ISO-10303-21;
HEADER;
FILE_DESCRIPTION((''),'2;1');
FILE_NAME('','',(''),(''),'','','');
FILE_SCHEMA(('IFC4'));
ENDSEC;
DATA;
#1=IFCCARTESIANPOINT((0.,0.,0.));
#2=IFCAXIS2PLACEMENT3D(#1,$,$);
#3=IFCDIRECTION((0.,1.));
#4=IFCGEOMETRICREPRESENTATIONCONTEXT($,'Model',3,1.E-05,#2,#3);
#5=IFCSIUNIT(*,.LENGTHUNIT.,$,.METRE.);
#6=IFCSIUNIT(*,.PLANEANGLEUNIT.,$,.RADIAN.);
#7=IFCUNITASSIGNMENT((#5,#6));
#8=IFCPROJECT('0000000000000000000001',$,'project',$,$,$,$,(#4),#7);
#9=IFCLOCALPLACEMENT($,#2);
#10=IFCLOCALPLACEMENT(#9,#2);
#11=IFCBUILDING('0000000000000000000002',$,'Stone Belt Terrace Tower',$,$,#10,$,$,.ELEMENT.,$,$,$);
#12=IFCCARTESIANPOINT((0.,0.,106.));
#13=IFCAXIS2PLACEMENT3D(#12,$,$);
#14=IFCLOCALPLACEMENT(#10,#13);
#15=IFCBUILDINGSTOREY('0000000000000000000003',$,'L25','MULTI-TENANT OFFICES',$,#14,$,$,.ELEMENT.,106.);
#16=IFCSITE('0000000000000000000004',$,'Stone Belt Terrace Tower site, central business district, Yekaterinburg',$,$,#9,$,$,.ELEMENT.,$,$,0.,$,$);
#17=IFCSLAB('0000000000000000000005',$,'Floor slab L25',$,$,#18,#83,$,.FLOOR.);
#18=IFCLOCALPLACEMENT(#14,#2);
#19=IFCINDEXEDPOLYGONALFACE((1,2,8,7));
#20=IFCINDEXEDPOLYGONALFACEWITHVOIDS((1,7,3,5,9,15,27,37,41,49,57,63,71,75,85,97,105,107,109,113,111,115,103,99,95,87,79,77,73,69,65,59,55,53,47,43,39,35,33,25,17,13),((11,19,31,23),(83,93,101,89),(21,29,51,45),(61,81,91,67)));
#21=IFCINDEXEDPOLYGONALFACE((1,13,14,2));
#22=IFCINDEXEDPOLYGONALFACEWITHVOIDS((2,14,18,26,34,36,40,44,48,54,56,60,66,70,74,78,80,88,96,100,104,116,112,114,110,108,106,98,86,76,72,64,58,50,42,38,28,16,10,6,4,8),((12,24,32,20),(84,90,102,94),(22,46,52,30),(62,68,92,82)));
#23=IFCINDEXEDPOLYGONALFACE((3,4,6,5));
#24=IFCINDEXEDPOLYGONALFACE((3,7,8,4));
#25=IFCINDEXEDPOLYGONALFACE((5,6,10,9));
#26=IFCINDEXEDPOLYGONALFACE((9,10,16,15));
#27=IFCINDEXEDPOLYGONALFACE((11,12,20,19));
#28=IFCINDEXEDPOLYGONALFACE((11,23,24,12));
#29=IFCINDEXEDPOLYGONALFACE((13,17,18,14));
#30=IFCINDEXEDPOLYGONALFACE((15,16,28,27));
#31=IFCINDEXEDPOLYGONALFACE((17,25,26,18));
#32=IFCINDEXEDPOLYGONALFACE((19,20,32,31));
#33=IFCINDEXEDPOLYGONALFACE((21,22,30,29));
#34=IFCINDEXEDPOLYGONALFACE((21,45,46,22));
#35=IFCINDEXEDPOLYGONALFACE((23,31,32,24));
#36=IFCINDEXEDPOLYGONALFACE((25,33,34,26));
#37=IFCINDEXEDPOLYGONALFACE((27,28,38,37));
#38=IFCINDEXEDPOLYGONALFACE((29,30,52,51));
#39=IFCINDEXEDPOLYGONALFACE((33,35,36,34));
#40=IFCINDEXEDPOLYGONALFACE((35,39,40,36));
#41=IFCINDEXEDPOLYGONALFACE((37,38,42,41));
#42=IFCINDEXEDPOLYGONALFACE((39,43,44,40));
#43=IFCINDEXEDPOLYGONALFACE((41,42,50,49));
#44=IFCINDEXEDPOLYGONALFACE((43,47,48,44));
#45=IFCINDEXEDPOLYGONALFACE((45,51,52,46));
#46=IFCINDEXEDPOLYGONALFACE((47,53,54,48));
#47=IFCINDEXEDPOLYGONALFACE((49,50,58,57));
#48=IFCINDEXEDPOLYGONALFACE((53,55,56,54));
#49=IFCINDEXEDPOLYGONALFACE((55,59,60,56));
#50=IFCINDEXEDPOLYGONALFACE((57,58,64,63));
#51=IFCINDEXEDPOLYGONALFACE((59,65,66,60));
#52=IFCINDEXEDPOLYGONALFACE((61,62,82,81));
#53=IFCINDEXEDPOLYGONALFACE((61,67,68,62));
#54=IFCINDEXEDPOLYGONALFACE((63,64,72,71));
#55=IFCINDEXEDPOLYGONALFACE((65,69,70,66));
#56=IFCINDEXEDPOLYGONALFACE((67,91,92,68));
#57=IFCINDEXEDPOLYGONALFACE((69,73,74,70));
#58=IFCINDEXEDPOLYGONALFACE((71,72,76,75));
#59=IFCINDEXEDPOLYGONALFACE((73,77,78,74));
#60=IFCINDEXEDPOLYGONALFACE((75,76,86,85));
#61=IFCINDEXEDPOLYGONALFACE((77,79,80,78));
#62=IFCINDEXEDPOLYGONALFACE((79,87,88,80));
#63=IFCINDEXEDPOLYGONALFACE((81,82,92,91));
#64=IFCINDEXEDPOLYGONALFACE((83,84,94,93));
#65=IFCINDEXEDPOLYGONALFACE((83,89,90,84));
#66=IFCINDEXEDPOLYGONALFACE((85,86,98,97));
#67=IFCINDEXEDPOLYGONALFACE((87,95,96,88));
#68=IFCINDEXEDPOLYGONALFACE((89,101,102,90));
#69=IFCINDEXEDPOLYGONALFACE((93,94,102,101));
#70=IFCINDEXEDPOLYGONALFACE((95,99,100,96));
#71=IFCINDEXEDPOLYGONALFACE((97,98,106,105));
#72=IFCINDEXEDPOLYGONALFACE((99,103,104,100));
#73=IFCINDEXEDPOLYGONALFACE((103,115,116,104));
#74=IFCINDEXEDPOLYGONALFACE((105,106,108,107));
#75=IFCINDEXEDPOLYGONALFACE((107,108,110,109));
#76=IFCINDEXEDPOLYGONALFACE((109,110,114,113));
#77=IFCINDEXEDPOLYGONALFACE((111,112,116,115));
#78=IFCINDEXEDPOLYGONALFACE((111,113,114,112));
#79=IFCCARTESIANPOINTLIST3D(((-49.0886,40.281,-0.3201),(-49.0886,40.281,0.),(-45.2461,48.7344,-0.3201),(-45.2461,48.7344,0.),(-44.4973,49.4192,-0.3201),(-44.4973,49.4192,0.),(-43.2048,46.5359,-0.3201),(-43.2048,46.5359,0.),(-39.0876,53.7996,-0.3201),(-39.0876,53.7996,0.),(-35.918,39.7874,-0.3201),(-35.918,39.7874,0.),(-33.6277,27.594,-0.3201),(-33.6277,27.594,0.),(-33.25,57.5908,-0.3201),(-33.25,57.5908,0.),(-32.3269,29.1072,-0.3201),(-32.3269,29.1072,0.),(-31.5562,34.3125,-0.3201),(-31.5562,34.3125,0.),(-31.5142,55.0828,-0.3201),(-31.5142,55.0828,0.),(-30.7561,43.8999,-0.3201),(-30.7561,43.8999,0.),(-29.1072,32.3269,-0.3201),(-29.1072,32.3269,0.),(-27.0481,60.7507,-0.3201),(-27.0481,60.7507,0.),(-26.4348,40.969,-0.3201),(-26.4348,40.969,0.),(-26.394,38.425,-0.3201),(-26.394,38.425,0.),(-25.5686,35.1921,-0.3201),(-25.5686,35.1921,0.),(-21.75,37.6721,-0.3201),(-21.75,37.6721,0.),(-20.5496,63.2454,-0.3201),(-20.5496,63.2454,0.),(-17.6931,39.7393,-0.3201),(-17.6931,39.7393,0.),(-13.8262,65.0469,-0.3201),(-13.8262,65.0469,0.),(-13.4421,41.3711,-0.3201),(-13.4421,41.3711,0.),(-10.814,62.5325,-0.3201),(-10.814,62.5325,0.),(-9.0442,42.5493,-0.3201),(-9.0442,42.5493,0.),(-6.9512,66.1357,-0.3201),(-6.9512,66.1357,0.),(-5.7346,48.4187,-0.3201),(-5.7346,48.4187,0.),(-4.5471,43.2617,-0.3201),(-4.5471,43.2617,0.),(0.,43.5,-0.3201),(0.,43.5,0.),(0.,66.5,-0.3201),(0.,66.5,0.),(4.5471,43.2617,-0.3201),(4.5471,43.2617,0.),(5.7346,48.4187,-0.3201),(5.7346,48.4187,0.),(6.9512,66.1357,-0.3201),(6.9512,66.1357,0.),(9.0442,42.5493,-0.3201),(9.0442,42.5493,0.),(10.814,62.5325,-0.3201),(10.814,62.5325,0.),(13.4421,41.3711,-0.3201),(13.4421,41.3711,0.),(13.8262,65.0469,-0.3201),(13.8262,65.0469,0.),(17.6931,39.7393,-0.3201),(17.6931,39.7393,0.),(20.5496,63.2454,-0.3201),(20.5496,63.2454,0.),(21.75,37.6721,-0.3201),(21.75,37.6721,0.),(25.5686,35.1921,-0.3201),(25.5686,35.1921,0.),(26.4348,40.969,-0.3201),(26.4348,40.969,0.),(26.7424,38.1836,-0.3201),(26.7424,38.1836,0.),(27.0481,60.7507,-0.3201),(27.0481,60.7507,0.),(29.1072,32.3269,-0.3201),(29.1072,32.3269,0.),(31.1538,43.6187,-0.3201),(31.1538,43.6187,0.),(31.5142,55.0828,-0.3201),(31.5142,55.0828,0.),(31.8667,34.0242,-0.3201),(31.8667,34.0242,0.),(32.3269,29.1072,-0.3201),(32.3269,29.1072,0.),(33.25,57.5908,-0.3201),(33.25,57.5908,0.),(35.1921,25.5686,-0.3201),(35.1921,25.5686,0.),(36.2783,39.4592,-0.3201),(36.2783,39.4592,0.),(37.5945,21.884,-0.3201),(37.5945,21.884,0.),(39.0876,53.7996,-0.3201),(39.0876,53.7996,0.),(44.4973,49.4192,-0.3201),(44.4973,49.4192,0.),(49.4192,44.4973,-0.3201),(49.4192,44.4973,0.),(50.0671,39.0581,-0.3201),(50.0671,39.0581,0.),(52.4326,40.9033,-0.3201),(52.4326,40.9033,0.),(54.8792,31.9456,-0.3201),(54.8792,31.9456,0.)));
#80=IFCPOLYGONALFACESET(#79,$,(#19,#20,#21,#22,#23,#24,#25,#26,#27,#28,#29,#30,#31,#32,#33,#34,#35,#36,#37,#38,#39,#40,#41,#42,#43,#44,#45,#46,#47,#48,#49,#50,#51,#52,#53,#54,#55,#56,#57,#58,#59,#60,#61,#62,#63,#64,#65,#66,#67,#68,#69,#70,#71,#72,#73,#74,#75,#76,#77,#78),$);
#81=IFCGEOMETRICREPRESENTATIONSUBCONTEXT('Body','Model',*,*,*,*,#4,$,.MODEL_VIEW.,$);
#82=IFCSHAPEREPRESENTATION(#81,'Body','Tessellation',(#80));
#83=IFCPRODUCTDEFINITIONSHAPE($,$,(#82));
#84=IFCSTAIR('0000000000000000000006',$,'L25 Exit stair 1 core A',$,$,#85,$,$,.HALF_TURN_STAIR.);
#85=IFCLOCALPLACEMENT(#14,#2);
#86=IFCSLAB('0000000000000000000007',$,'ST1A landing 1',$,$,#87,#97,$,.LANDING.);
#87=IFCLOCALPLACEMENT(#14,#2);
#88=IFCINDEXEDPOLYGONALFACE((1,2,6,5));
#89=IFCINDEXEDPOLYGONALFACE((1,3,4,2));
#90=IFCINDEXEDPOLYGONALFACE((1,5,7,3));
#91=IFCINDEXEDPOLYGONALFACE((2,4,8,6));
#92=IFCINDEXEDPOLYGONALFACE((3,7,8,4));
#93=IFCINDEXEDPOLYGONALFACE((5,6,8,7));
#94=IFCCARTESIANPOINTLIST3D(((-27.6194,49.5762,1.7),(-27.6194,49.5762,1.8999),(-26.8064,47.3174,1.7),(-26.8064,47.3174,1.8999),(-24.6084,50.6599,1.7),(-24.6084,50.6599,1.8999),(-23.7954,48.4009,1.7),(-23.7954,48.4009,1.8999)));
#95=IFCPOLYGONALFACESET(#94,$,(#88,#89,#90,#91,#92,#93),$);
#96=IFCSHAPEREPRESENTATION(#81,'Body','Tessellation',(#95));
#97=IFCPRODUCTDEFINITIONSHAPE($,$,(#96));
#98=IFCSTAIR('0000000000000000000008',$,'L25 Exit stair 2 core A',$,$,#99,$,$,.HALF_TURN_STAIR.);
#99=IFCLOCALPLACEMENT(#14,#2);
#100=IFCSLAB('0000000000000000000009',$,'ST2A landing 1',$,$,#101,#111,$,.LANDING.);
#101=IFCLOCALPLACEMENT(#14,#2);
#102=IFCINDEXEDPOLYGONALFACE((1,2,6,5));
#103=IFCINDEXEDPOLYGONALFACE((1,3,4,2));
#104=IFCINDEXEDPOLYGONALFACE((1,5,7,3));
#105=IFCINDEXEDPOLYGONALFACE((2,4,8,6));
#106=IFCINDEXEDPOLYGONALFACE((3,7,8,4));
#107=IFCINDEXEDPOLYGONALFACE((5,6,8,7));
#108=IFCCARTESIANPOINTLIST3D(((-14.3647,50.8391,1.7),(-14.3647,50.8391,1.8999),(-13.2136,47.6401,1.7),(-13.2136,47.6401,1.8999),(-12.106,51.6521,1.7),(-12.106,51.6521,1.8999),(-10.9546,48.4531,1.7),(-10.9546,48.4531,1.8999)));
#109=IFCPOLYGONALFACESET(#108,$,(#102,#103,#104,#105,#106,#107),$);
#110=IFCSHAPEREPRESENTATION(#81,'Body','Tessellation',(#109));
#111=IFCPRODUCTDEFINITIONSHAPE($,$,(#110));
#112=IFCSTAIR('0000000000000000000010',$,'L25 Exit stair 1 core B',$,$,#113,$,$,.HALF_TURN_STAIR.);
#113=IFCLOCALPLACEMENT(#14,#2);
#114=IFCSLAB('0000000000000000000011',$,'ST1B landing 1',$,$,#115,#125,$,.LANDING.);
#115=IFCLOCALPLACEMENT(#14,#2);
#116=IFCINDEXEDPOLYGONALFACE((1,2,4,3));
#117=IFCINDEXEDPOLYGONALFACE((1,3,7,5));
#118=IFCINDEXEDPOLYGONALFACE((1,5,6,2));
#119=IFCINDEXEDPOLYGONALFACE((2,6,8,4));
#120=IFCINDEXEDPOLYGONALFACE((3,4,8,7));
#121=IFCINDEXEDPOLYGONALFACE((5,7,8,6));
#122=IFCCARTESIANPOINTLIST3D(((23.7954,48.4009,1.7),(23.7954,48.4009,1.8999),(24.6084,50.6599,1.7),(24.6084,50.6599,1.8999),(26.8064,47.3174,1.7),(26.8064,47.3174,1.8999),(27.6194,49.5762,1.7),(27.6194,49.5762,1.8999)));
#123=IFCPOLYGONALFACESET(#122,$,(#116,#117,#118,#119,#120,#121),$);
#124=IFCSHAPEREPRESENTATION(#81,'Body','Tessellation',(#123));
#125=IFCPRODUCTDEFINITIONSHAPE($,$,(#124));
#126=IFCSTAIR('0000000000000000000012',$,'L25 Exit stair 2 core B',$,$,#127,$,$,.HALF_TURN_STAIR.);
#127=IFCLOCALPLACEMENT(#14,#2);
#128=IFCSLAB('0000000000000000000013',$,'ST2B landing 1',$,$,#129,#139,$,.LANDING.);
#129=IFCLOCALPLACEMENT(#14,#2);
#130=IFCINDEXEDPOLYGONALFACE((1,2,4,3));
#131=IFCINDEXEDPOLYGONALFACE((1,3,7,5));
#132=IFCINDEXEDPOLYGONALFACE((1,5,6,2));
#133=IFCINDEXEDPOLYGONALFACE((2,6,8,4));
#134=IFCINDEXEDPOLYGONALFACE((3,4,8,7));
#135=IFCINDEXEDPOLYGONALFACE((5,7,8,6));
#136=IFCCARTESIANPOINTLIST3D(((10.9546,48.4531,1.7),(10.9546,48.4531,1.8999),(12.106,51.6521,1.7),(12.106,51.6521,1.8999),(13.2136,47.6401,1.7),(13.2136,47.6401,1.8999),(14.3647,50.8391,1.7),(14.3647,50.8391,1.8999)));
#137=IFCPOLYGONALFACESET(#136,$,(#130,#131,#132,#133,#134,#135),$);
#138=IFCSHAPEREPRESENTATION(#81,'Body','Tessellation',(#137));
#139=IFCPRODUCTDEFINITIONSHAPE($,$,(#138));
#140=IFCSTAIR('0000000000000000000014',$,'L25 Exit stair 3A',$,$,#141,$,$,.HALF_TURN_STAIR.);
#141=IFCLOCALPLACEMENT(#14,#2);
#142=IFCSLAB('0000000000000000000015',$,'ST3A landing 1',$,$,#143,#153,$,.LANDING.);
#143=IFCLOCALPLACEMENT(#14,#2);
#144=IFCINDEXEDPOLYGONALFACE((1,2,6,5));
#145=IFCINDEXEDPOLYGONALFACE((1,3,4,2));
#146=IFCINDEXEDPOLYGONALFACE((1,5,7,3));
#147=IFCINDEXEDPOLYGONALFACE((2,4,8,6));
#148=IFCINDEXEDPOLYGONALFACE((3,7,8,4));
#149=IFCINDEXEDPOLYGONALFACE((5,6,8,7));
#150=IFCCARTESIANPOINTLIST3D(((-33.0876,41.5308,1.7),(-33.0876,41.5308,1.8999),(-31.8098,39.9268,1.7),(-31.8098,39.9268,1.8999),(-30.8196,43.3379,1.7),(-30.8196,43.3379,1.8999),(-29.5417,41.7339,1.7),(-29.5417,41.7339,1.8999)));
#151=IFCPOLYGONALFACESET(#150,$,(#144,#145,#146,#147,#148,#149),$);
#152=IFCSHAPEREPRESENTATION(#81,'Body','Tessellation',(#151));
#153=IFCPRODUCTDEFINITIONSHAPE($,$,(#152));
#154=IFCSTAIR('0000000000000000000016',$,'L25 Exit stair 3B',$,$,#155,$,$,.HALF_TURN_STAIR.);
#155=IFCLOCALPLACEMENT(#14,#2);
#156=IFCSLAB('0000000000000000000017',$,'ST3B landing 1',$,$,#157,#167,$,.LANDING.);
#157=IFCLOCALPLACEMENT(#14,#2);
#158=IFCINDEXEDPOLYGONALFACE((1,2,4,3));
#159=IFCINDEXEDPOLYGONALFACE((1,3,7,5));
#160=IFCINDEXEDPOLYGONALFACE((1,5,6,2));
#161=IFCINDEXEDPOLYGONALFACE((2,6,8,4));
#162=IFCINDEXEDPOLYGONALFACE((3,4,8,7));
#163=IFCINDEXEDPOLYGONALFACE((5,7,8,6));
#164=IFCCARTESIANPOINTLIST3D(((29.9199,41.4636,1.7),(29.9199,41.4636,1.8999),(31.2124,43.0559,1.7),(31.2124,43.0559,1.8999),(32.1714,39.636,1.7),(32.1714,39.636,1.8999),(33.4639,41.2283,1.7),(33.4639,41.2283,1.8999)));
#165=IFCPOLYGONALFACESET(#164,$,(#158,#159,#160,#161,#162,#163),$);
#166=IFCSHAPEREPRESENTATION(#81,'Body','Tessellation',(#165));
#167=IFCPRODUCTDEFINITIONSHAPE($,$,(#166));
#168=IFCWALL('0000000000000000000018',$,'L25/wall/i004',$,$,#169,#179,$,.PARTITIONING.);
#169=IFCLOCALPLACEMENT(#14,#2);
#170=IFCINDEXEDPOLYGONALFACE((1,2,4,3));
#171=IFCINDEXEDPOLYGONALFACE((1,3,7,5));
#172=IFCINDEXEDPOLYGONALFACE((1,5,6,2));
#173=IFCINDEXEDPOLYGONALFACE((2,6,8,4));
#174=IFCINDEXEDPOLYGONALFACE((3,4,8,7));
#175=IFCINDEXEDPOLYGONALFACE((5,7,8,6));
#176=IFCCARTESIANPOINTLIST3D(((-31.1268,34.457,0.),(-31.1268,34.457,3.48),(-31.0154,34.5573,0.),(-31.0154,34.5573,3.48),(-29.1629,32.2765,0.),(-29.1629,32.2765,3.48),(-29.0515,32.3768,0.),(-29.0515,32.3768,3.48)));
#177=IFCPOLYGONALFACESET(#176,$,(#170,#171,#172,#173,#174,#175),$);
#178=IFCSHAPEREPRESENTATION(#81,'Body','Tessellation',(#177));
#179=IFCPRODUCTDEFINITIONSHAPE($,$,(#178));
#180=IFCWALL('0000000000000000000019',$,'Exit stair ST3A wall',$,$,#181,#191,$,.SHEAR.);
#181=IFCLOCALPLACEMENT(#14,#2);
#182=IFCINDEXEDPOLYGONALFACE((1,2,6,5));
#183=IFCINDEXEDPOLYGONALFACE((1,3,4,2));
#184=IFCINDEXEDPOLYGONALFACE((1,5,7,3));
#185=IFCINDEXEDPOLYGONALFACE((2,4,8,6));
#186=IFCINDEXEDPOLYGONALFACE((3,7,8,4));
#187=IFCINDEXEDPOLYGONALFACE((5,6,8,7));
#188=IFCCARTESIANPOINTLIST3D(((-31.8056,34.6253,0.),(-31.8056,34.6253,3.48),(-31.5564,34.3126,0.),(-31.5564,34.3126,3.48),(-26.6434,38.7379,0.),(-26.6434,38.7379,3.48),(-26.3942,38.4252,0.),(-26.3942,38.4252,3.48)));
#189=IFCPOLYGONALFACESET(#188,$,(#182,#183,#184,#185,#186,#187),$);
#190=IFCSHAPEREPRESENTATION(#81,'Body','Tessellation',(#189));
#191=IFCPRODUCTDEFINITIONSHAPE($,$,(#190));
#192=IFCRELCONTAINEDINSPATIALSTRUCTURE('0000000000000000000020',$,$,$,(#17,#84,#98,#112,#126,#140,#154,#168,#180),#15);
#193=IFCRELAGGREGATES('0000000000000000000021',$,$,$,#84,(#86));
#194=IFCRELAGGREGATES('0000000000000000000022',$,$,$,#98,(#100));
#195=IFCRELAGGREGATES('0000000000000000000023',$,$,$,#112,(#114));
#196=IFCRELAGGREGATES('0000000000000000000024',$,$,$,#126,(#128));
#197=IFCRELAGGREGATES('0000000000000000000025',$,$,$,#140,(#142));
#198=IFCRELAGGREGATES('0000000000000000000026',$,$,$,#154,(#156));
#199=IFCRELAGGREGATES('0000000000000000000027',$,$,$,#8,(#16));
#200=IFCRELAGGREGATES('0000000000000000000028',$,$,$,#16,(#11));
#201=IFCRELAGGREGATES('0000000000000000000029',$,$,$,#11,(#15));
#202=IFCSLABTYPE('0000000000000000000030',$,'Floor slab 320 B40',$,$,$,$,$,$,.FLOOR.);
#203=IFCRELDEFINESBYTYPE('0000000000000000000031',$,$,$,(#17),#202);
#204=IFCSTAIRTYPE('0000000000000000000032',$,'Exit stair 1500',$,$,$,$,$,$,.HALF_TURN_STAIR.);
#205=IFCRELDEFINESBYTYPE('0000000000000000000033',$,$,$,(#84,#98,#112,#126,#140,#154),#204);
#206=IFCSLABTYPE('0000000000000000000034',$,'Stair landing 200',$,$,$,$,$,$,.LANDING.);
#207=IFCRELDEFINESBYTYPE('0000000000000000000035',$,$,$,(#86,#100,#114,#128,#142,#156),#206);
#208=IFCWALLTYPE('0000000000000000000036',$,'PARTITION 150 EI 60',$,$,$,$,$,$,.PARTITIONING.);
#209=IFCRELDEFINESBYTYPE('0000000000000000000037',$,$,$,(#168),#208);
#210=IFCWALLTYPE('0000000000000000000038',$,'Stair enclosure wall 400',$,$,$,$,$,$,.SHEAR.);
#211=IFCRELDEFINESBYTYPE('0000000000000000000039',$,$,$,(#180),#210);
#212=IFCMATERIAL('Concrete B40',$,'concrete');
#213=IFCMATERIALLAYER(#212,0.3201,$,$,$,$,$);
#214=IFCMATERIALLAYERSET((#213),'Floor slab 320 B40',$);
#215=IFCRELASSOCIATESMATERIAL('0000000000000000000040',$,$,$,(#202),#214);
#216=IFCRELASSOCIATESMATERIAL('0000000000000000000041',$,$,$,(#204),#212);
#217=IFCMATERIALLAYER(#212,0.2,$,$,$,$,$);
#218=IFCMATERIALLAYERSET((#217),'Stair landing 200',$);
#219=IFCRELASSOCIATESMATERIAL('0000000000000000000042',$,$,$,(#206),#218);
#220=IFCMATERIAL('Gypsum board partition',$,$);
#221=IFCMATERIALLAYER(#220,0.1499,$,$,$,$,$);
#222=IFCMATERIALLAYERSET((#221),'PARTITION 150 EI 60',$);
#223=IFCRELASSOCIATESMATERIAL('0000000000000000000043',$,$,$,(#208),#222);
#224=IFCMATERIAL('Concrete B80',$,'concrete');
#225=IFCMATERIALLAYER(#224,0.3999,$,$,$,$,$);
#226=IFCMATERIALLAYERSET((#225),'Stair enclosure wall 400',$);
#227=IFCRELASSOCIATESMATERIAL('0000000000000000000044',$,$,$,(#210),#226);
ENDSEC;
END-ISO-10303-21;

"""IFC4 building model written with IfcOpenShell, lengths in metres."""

from ifc_helpers import new_model, si_unit, direction, frame, frame_2d, origin, place, context, subcontext, project, spatial, polyline, rectangle, outline, extrude, material, layer, layer_set, type_object, element, aggregate, save


model = new_model("IFC4")

# Units and contexts
model_context = context("Model", 3, precision=1e-05, world=origin(), true_north=direction((0.0, 1.0)))
body_context = subcontext(model_context, "Body", "Model", "MODEL_VIEW")
ifc_project = project(units=[si_unit("LENGTHUNIT", "METRE"), si_unit("PLANEANGLEUNIT", "RADIAN")], contexts=[model_context])

# Site, building, storey
site_placement = place(None, origin())
site = spatial("IfcSite", under=ifc_project, at=site_placement, Name="Stone Belt Terrace Tower site, central business district, Yekaterinburg", CompositionType="ELEMENT", RefElevation=0.0)
building_placement = place(site_placement, origin())
building = spatial("IfcBuilding", under=site, at=building_placement, Name="Stone Belt Terrace Tower", CompositionType="ELEMENT")
storey_placement = place(building_placement, frame((0.0, 0.0, 106.0)))
storey = spatial("IfcBuildingStorey", under=building, at=storey_placement, Name="L25", Description="MULTI-TENANT OFFICES", CompositionType="ELEMENT", Elevation=106.0)

# Shared definitions
ifc_material_1 = material(Name="Concrete B80", Category="concrete")

# Slab
ifc_material_2 = material(Name="Concrete B40", Category="concrete")
ifc_layer_1 = layer(ifc_material_2, 0.3201)
ifc_layer_set_1 = layer_set([ifc_layer_1], Name="Floor slab 320 B40")
slab_type_1 = type_object("IfcSlabType", Name="Floor slab 320 B40", PredefinedType="FLOOR", material=ifc_layer_set_1)
slab_1_placement = place(storey_placement, frame((0.0, 0.0, -0.3201)))
element("IfcSlab", 1, at=slab_1_placement, inside=storey, type_object=slab_type_1, Name="Floor slab L25", PredefinedType="FLOOR", context=body_context, shape_type="SweptSolid", body=[
    extrude(outline(polyline([(-44.4973, 49.4192), (-39.0876, 53.7996), (-33.25, 57.5908), (-27.0481, 60.7507), (-20.5496, 63.2454), (-13.8262, 65.0469), (-6.9512, 66.1357), (0.0, 66.5), (6.9512, 66.1357), (13.8262, 65.0469), (20.5496, 63.2454), (27.0481, 60.7507), (33.25, 57.5908), (39.0876, 53.7996), (44.4973, 49.4192), (49.4192, 44.4973), (52.4326, 40.9033), (50.0671, 39.0581), (54.8792, 31.9456), (37.5945, 21.884), (35.1921, 25.5686), (32.3269, 29.1072), (29.1072, 32.3269), (25.5686, 35.1921), (21.75, 37.6721), (17.6931, 39.7393), (13.4421, 41.3711), (9.0442, 42.5493), (4.5471, 43.2617), (0.0, 43.5), (-4.5471, 43.2617), (-9.0442, 42.5493), (-13.4421, 41.3711), (-17.6931, 39.7393), (-21.75, 37.6721), (-25.5686, 35.1921), (-29.1072, 32.3269), (-32.3269, 29.1072), (-33.6277, 27.594), (-49.0886, 40.281), (-43.2048, 46.5359), (-45.2461, 48.7344), (-44.4973, 49.4192)]), holes=[polyline([(-26.4348, 40.969), (-5.7346, 48.4187), (-10.814, 62.5325), (-31.5142, 55.0828), (-26.4348, 40.969)]), polyline([(10.814, 62.5325), (5.7346, 48.4187), (26.4348, 40.969), (31.5142, 55.0828), (10.814, 62.5325)]), polyline([(-35.918, 39.7874), (-31.5562, 34.3125), (-26.394, 38.425), (-30.7561, 43.8999), (-35.918, 39.7874)]), polyline([(36.2783, 39.4592), (31.1538, 43.6187), (26.7424, 38.1836), (31.8667, 34.0242), (36.2783, 39.4592)])]), origin(), (0.0, 0.0, 1.0), 0.3201),
])

# Stairs, slabs
stair_type = type_object("IfcStairType", Name="Exit stair 1500", PredefinedType="HALF_TURN_STAIR", material=ifc_material_2)
stair_1_placement = place(storey_placement, origin())
stair_1 = element("IfcStair", 2, at=stair_1_placement, inside=storey, type_object=stair_type, Name="L25 Exit stair 1 core A", PredefinedType="HALF_TURN_STAIR")
ifc_layer_2 = layer(ifc_material_2, 0.2)
ifc_layer_set_2 = layer_set([ifc_layer_2], Name="Stair landing 200")
slab_type_2 = type_object("IfcSlabType", Name="Stair landing 200", PredefinedType="LANDING", material=ifc_layer_set_2)
slab_2_placement = place(storey_placement, frame((0.0, 0.0, 1.7)))
slab_2 = element("IfcSlab", 3, at=slab_2_placement, type_object=slab_type_2, Name="ST1A landing 1", PredefinedType="LANDING", context=body_context, shape_type="SweptSolid", body=[
    extrude(outline(polyline([(-23.7954, 48.4009), (-24.6084, 50.6599), (-27.6194, 49.5762), (-26.8064, 47.3174), (-23.7954, 48.4009)])), origin(), (0.0, 0.0, 1.0), 0.2),
])
aggregate(stair_1, [slab_2])
stair_2_placement = place(storey_placement, origin())
stair_2 = element("IfcStair", 4, at=stair_2_placement, inside=storey, type_object=stair_type, Name="L25 Exit stair 2 core A", PredefinedType="HALF_TURN_STAIR")
slab_3_placement = place(storey_placement, frame((0.0, 0.0, 1.7)))
slab_3 = element("IfcSlab", 5, at=slab_3_placement, type_object=slab_type_2, Name="ST2A landing 1", PredefinedType="LANDING", context=body_context, shape_type="SweptSolid", body=[
    extrude(outline(polyline([(-13.2136, 47.6401), (-10.9546, 48.4531), (-12.106, 51.6521), (-14.3647, 50.8391), (-13.2136, 47.6401)])), origin(), (0.0, 0.0, 1.0), 0.2),
])
aggregate(stair_2, [slab_3])
stair_3_placement = place(storey_placement, origin())
stair_3 = element("IfcStair", 6, at=stair_3_placement, inside=storey, type_object=stair_type, Name="L25 Exit stair 1 core B", PredefinedType="HALF_TURN_STAIR")
slab_4_placement = place(storey_placement, frame((0.0, 0.0, 1.7)))
slab_4 = element("IfcSlab", 7, at=slab_4_placement, type_object=slab_type_2, Name="ST1B landing 1", PredefinedType="LANDING", context=body_context, shape_type="SweptSolid", body=[
    extrude(outline(polyline([(26.8064, 47.3174), (27.6194, 49.5762), (24.6084, 50.6599), (23.7954, 48.4009), (26.8064, 47.3174)])), origin(), (0.0, 0.0, 1.0), 0.2),
])
aggregate(stair_3, [slab_4])
stair_4_placement = place(storey_placement, origin())
stair_4 = element("IfcStair", 8, at=stair_4_placement, inside=storey, type_object=stair_type, Name="L25 Exit stair 2 core B", PredefinedType="HALF_TURN_STAIR")
slab_5_placement = place(storey_placement, frame((0.0, 0.0, 1.7)))
slab_5 = element("IfcSlab", 9, at=slab_5_placement, type_object=slab_type_2, Name="ST2B landing 1", PredefinedType="LANDING", context=body_context, shape_type="SweptSolid", body=[
    extrude(outline(polyline([(14.3647, 50.8391), (12.106, 51.6521), (10.9546, 48.4531), (13.2136, 47.6401), (14.3647, 50.8391)])), origin(), (0.0, 0.0, 1.0), 0.2),
])
aggregate(stair_4, [slab_5])
stair_5_placement = place(storey_placement, origin())
stair_5 = element("IfcStair", 10, at=stair_5_placement, inside=storey, type_object=stair_type, Name="L25 Exit stair 3A", PredefinedType="HALF_TURN_STAIR")
slab_6_placement = place(storey_placement, frame((0.0, 0.0, 1.7)))
slab_6 = element("IfcSlab", 11, at=slab_6_placement, type_object=slab_type_2, Name="ST3A landing 1", PredefinedType="LANDING", context=body_context, shape_type="SweptSolid", body=[
    extrude(outline(polyline([(-29.5417, 41.7339), (-30.8196, 43.3379), (-33.0876, 41.5308), (-31.8098, 39.9268), (-29.5417, 41.7339)])), origin(), (0.0, 0.0, 1.0), 0.2),
])
aggregate(stair_5, [slab_6])
stair_6_placement = place(storey_placement, origin())
stair_6 = element("IfcStair", 12, at=stair_6_placement, inside=storey, type_object=stair_type, Name="L25 Exit stair 3B", PredefinedType="HALF_TURN_STAIR")
slab_7_placement = place(storey_placement, frame((0.0, 0.0, 1.7)))
slab_7 = element("IfcSlab", 13, at=slab_7_placement, type_object=slab_type_2, Name="ST3B landing 1", PredefinedType="LANDING", context=body_context, shape_type="SweptSolid", body=[
    extrude(outline(polyline([(32.1714, 39.636), (33.4639, 41.2283), (31.2124, 43.0559), (29.9199, 41.4636), (32.1714, 39.636)])), origin(), (0.0, 0.0, 1.0), 0.2),
])
aggregate(stair_6, [slab_7])

# Walls
ifc_material_3 = material(Name="Gypsum board partition")
ifc_layer_3 = layer(ifc_material_3, 0.1499)
ifc_layer_set_3 = layer_set([ifc_layer_3], Name="PARTITION 150 EI 60")
wall_type_1 = type_object("IfcWallType", Name="PARTITION 150 EI 60", PredefinedType="PARTITIONING", material=ifc_layer_set_3)
wall_1_placement = place(storey_placement, frame((-29.1072, 32.3267, 0.0), z_axis=(0.0, 0.0, 1.0), x_axis=(-0.669245, 0.743042, 0.0)))
element("IfcWall", 14, at=wall_1_placement, inside=storey, type_object=wall_type_1, Name="L25/wall/i004", PredefinedType="PARTITIONING", context=body_context, shape_type="SweptSolid", body=[
    extrude(rectangle(XDim=2.9346, YDim=0.1499, at=frame_2d((1.4673, 0.0))), origin(), (0.0, 0.0, 1.0), 3.48),
])
ifc_layer_4 = layer(ifc_material_1, 0.3999)
ifc_layer_set_4 = layer_set([ifc_layer_4], Name="Stair enclosure wall 400")
wall_type_2 = type_object("IfcWallType", Name="Stair enclosure wall 400", PredefinedType="SHEAR", material=ifc_layer_set_4)
wall_2_placement = place(storey_placement, frame((-26.5188, 38.5815, 0.0), z_axis=(0.0, 0.0, 1.0), x_axis=(-0.782134, -0.62311, 0.0)))
element("IfcWall", 15, at=wall_2_placement, inside=storey, type_object=wall_type_2, Name="Exit stair ST3A wall", PredefinedType="SHEAR", context=body_context, shape_type="SweptSolid", body=[
    extrude(rectangle(XDim=6.6001, YDim=0.3999, at=frame_2d((3.3, 0.0))), origin(), (0.0, 0.0, 1.0), 3.48),
])

save(model, "model.ifc")
